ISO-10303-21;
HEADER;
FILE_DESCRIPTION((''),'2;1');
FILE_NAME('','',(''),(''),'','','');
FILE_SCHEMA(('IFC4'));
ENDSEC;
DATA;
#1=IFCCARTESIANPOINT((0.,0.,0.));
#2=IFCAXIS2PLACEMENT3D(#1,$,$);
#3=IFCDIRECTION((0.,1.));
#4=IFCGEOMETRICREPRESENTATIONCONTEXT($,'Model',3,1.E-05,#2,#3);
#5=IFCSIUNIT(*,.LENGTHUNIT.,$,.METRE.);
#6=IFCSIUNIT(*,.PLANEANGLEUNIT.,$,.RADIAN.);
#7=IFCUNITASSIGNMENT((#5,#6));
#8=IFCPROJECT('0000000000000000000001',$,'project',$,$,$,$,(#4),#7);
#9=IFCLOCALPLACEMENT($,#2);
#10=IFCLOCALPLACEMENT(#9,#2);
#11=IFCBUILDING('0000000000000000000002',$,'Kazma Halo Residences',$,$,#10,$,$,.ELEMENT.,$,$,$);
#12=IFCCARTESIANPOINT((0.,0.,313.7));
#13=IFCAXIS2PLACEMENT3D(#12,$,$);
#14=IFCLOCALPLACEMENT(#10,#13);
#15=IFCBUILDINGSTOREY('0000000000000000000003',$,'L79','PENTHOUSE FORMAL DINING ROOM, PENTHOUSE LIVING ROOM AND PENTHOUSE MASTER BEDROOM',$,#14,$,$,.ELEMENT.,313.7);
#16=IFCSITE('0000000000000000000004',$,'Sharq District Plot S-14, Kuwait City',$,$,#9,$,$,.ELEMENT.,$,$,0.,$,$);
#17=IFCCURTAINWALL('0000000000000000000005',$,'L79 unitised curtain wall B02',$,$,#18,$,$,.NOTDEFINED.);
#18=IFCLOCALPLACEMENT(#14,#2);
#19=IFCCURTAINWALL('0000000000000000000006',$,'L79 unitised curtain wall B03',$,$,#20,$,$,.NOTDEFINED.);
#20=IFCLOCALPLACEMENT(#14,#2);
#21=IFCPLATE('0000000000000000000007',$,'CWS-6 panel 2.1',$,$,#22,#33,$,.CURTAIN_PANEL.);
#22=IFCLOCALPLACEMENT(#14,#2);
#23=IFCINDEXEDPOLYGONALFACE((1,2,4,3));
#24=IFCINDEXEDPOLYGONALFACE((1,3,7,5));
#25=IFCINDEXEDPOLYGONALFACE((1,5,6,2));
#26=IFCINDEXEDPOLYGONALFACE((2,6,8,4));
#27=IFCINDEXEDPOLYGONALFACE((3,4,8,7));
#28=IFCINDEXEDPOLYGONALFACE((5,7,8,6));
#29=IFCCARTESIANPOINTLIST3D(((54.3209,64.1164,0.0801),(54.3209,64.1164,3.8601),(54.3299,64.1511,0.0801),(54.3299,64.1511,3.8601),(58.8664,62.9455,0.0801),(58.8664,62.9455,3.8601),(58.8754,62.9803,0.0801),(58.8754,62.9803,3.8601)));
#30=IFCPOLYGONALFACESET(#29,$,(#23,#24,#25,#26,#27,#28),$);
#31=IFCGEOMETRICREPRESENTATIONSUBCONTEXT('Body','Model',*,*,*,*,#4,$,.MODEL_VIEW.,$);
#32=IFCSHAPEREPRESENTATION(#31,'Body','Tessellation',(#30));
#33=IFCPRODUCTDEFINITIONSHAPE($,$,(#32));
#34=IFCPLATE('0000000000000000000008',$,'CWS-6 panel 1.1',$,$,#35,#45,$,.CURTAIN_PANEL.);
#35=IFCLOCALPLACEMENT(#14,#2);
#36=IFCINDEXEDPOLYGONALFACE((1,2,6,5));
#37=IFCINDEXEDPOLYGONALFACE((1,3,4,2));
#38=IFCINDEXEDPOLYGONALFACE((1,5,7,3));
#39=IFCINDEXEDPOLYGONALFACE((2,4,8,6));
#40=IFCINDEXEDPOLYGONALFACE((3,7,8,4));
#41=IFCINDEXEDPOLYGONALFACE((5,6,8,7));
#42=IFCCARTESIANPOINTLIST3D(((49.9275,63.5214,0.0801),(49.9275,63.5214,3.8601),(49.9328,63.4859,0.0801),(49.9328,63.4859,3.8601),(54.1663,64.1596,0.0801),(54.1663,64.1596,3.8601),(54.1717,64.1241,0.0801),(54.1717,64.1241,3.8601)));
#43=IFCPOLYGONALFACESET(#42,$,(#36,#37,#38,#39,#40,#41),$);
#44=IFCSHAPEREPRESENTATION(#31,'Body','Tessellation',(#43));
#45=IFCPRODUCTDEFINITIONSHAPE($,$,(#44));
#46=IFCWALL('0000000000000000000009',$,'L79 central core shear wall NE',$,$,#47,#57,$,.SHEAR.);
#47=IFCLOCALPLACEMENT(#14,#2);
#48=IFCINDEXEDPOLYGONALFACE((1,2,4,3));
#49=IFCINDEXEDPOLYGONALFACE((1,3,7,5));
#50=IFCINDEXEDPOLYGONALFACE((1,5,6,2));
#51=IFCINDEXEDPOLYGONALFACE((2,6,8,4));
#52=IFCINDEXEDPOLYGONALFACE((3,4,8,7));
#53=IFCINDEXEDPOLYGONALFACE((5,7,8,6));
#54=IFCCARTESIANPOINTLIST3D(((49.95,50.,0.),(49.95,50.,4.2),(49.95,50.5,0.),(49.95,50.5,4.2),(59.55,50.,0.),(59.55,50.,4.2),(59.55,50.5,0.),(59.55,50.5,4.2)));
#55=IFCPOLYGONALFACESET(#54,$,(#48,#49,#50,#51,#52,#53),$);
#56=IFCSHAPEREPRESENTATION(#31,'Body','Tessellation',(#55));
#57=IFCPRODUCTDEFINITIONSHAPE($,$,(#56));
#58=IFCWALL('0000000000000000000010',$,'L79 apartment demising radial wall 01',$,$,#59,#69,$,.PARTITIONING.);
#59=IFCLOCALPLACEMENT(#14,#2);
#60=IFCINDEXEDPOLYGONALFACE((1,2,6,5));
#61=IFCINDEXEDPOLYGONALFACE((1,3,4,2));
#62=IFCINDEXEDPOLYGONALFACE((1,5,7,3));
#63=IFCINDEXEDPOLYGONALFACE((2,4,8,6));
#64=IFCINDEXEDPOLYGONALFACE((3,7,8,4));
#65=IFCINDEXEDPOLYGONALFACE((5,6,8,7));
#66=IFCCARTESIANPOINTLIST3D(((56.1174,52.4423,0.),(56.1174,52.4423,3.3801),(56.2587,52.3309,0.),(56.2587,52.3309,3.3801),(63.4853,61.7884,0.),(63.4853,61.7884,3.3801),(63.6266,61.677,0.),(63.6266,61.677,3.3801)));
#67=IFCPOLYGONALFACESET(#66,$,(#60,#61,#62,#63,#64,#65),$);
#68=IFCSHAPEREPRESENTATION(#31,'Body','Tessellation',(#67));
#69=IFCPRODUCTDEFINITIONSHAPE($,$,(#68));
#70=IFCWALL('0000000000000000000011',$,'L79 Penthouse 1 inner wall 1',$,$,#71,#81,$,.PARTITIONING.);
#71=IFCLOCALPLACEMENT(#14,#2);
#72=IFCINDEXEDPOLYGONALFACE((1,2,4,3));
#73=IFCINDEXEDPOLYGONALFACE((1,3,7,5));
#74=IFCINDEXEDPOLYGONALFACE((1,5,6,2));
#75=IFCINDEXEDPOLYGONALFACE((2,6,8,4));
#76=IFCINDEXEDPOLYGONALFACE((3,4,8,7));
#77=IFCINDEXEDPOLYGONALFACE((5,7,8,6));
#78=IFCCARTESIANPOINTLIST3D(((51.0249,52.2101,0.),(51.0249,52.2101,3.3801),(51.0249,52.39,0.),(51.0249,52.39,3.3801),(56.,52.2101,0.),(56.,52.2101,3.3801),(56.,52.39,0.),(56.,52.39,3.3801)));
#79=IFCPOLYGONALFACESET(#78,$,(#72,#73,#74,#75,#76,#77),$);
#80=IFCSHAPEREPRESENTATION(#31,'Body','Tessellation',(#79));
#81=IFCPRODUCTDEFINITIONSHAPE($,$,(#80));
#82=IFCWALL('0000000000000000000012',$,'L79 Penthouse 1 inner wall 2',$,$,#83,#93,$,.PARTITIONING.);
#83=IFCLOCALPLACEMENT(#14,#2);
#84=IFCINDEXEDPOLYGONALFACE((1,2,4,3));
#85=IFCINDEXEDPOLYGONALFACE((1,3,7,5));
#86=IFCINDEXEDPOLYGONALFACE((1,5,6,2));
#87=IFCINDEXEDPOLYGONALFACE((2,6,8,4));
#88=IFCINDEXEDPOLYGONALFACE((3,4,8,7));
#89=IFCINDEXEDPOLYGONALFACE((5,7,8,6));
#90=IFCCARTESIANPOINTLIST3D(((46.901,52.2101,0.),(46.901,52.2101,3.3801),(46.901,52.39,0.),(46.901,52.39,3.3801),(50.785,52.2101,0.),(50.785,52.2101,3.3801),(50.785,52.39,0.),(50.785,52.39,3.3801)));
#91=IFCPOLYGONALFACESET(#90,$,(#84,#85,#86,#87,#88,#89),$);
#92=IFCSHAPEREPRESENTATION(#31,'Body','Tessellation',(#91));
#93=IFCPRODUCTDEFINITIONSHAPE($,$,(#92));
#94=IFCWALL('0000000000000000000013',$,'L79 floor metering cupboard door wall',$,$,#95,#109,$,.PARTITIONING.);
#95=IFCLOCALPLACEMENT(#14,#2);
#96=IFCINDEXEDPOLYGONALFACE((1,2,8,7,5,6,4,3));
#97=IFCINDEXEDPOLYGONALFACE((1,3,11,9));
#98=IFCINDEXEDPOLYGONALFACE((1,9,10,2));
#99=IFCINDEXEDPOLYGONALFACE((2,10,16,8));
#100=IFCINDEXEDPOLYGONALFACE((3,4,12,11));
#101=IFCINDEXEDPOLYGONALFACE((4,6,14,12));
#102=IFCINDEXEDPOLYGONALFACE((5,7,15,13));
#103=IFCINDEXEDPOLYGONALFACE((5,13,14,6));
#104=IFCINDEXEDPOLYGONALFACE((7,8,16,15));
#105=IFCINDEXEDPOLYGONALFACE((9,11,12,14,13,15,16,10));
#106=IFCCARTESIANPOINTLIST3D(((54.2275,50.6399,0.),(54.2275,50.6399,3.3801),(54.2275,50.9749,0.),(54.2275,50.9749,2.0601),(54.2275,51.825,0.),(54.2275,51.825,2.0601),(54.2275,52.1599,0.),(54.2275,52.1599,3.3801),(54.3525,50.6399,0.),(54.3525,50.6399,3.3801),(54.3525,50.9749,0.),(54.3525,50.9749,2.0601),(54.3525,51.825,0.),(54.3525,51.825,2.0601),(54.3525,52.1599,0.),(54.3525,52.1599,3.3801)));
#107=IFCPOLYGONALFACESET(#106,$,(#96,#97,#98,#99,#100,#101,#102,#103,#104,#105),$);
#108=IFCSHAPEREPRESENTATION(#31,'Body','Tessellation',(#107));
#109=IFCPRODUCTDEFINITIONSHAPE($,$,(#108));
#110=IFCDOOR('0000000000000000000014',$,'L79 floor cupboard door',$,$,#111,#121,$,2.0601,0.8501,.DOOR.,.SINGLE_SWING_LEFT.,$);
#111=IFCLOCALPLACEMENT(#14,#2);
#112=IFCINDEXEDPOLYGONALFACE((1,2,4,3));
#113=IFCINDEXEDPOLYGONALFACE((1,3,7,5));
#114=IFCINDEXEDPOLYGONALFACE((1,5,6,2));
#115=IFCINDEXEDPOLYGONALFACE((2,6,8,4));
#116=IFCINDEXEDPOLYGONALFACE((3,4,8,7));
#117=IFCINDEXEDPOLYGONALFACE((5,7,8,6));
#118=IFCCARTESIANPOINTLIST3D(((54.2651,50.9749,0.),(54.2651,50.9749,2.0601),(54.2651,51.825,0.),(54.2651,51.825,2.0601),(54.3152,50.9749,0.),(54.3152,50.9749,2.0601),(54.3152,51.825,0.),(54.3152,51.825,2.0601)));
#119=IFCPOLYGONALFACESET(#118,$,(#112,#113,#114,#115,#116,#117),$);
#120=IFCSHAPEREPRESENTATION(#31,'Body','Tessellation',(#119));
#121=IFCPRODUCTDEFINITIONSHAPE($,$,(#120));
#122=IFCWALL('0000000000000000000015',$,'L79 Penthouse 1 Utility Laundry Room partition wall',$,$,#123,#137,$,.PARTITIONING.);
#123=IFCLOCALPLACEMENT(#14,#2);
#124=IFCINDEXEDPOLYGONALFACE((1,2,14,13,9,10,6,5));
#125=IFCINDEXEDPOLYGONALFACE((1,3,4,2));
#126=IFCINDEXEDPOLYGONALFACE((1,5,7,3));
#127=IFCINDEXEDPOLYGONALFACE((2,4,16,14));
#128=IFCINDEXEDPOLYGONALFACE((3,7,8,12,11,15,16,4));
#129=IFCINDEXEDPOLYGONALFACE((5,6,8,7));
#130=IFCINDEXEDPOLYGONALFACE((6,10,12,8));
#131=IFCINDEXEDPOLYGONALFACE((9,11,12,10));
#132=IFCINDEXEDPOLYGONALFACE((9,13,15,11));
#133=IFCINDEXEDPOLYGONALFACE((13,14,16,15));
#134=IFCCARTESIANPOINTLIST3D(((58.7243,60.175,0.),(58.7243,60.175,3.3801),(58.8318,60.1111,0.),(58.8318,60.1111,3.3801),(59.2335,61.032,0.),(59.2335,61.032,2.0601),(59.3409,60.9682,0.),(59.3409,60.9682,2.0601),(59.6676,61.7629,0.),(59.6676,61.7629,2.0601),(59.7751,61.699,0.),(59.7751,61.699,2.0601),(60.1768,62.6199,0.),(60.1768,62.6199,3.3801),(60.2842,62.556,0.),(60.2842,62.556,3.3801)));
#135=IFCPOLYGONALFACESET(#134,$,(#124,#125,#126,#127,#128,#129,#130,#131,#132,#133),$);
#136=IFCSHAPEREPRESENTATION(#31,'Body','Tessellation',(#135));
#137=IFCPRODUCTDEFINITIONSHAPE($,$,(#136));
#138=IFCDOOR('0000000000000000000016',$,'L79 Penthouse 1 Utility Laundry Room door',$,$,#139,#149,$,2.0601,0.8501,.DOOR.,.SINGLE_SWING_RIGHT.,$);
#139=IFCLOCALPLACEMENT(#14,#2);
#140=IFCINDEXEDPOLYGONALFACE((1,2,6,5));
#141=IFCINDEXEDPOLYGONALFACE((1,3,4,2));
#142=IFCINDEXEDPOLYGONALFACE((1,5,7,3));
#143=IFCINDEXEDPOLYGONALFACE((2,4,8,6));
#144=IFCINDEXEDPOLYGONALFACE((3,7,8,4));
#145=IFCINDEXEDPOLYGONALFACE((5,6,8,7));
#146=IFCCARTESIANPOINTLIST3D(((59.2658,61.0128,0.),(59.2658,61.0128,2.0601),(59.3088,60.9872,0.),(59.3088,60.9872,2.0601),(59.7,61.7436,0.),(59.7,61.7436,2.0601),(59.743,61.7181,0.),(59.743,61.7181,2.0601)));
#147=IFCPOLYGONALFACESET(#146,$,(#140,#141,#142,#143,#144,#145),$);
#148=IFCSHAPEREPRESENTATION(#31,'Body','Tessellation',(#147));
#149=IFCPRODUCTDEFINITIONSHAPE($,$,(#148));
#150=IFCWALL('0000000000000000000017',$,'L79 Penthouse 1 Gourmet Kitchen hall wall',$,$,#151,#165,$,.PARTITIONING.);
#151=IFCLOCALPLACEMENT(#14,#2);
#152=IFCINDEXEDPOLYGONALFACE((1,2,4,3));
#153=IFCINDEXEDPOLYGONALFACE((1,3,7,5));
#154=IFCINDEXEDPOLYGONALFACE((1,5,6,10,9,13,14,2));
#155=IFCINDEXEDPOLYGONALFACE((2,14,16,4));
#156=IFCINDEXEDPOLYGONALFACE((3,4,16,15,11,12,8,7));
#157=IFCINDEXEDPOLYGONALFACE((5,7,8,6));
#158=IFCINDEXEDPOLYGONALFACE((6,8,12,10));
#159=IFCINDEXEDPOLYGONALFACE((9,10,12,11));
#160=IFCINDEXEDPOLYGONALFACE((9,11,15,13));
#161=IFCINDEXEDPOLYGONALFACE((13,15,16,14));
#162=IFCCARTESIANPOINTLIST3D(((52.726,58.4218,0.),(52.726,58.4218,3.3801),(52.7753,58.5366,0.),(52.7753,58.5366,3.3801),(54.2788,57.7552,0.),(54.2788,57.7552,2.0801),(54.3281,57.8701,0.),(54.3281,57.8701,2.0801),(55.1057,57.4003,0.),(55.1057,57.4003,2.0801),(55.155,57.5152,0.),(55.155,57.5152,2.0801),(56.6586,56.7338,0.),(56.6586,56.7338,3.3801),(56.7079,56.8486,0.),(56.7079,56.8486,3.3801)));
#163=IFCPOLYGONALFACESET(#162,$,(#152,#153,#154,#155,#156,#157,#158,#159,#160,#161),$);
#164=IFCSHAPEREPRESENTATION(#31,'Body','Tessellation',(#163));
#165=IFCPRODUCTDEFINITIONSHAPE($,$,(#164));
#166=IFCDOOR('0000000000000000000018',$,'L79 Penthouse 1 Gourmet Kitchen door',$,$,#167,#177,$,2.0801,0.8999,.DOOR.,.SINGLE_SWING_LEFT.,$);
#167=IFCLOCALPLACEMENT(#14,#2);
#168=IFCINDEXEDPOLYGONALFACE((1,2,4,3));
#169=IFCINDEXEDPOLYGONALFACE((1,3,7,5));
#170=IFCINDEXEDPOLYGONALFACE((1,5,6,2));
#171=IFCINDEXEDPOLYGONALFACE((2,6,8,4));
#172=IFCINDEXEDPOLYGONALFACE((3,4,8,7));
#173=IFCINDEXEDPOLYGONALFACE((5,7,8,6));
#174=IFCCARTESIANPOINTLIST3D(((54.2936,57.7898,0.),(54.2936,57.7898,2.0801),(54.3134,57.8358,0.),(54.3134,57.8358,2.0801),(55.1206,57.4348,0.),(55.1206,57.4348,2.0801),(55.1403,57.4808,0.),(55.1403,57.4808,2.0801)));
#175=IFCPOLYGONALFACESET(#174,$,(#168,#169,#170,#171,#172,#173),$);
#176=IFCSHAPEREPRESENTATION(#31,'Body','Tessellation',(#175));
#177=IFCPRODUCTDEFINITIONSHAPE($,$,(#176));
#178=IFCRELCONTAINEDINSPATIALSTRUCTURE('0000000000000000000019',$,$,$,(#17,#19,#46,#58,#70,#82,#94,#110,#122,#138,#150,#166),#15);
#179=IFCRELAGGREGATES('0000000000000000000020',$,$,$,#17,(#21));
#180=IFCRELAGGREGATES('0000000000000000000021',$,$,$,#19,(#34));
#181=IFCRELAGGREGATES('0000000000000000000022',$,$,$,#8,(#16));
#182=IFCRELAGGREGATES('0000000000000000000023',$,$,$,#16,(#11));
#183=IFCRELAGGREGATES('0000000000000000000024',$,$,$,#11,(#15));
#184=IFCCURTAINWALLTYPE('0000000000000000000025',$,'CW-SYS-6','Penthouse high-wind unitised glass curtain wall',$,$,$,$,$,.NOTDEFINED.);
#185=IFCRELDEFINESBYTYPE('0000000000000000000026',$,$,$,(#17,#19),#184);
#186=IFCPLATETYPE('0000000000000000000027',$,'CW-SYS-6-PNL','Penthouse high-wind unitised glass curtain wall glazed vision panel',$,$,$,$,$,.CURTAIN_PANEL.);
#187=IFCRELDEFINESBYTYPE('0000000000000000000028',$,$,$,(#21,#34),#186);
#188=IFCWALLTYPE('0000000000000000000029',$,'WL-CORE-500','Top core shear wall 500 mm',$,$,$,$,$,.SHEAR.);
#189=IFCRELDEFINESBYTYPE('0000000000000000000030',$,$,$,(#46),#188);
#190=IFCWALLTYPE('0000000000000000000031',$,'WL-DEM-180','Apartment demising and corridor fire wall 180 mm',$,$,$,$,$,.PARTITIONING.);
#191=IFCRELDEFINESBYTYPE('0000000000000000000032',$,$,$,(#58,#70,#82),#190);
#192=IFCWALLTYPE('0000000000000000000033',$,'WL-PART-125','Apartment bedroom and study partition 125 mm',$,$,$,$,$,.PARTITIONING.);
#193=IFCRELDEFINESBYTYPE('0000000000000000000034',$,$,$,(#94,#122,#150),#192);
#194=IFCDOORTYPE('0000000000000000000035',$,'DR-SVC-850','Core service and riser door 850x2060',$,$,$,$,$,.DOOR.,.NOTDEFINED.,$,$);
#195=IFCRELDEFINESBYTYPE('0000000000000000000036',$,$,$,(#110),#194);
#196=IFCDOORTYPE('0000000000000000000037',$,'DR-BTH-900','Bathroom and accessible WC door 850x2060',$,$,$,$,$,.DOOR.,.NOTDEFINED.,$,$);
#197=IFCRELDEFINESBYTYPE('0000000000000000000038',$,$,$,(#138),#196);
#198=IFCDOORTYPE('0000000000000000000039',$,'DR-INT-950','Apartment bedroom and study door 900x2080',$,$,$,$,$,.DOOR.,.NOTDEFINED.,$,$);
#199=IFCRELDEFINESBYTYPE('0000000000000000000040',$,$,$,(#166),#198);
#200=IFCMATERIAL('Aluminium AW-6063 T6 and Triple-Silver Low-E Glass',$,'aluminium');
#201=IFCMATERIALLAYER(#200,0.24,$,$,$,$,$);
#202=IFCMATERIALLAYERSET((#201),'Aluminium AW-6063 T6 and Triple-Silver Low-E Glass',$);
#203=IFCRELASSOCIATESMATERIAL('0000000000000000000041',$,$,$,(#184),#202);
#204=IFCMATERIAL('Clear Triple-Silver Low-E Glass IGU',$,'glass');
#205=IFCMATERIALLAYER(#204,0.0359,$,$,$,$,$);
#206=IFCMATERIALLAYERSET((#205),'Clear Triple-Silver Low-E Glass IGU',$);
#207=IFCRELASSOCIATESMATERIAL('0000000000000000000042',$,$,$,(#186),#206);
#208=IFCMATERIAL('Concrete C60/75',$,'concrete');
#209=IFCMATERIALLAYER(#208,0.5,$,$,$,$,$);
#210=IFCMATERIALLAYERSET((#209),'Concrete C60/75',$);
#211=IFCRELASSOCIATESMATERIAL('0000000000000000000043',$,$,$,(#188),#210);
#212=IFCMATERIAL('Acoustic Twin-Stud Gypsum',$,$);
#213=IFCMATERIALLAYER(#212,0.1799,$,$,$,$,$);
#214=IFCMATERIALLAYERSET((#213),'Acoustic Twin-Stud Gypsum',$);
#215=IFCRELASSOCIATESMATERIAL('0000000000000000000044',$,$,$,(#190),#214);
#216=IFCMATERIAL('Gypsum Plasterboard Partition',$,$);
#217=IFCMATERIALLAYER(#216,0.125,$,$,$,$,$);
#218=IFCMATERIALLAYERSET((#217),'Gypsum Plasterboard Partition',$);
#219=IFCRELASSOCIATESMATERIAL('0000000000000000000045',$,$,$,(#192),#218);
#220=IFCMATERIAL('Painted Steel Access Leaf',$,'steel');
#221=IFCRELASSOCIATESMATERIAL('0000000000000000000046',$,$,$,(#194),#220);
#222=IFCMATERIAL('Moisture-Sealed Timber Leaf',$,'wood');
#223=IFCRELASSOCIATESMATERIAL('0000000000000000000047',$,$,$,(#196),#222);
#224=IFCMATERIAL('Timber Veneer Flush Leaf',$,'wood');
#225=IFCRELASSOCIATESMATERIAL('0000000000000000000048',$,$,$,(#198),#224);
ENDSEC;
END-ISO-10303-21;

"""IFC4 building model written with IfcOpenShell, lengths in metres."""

from ifc_helpers import new_model, si_unit, direction, frame, frame_2d, origin, origin_2d, place, context, subcontext, project, spatial, rectangle, extrude, material, layer, layer_set, type_object, element, fill, aggregate, save


model = new_model("IFC4")

# Units and contexts
model_context = context("Model", 3, precision=1e-05, world=origin(), true_north=direction((0.0, 1.0)))
body_context = subcontext(model_context, "Body", "Model", "MODEL_VIEW")
ifc_project = project(units=[si_unit("LENGTHUNIT", "METRE"), si_unit("PLANEANGLEUNIT", "RADIAN")], contexts=[model_context])

# Site, building, storey
site_placement = place(None, origin())
site = spatial("IfcSite", under=ifc_project, at=site_placement, Name="Sharq District Plot S-14, Kuwait City", CompositionType="ELEMENT", RefElevation=0.0)
building_placement = place(site_placement, origin())
building = spatial("IfcBuilding", under=site, at=building_placement, Name="Kazma Halo Residences", CompositionType="ELEMENT")
storey_placement = place(building_placement, frame((0.0, 0.0, 313.7)))
storey = spatial("IfcBuildingStorey", under=building, at=storey_placement, Name="L79", Description="PENTHOUSE FORMAL DINING ROOM, PENTHOUSE LIVING ROOM AND PENTHOUSE MASTER BEDROOM", CompositionType="ELEMENT", Elevation=313.7)

# Shared definitions
ifc_material_1 = material(Name="Concrete C60/75", Category="concrete")

# Curtain wall
ifc_material_2 = material(Name="Aluminium AW-6063 T6 and Triple-Silver Low-E Glass", Category="aluminium")
ifc_layer_1 = layer(ifc_material_2, 0.24)
ifc_layer_set_1 = layer_set([ifc_layer_1], Name="Aluminium AW-6063 T6 and Triple-Silver Low-E Glass")
curtain_wall_type = type_object("IfcCurtainWallType", Name="CW-SYS-6", Description="Penthouse high-wind unitised glass curtain wall", PredefinedType="NOTDEFINED", material=ifc_layer_set_1)
curtain_wall_1_placement = place(storey_placement, origin())
curtain_wall_1 = element("IfcCurtainWall", 1, at=curtain_wall_1_placement, inside=storey, type_object=curtain_wall_type, Name="L79 unitised curtain wall B02", PredefinedType="NOTDEFINED")

# Curtain wall
curtain_wall_2_placement = place(storey_placement, origin())
curtain_wall_2 = element("IfcCurtainWall", 2, at=curtain_wall_2_placement, inside=storey, type_object=curtain_wall_type, Name="L79 unitised curtain wall B03", PredefinedType="NOTDEFINED")

# Plates
ifc_material_3 = material(Name="Clear Triple-Silver Low-E Glass IGU", Category="glass")
ifc_layer_2 = layer(ifc_material_3, 0.0359)
ifc_layer_set_2 = layer_set([ifc_layer_2], Name="Clear Triple-Silver Low-E Glass IGU")
plate_type = type_object("IfcPlateType", Name="CW-SYS-6-PNL", Description="Penthouse high-wind unitised glass curtain wall glazed vision panel", PredefinedType="CURTAIN_PANEL", material=ifc_layer_set_2)
plate_1_placement = place(storey_placement, frame((56.5981, 63.5483, 0.0801), z_axis=(0.0, 0.0, 1.0), x_axis=(-0.968389, 0.249446, 0.0)))
plate_1 = element("IfcPlate", 3, at=plate_1_placement, type_object=plate_type, Name="CWS-6 panel 2.1", PredefinedType="CURTAIN_PANEL", context=body_context, shape_type="SweptSolid", body=[
    extrude(rectangle(XDim=4.6938, YDim=0.0359, at=origin_2d()), origin(), (0.0, 0.0, 1.0), 3.78),
])
aggregate(curtain_wall_1, [plate_1])
plate_2_placement = place(storey_placement, frame((52.0496, 63.8228, 0.0801), z_axis=(0.0, 0.0, 1.0), x_axis=(-0.988857, -0.148871, 0.0)))
plate_2 = element("IfcPlate", 4, at=plate_2_placement, type_object=plate_type, Name="CWS-6 panel 1.1", PredefinedType="CURTAIN_PANEL", context=body_context, shape_type="SweptSolid", body=[
    extrude(rectangle(XDim=4.2866, YDim=0.0359, at=origin_2d()), origin(), (0.0, 0.0, 1.0), 3.78),
])
aggregate(curtain_wall_2, [plate_2])

# Walls
ifc_layer_3 = layer(ifc_material_1, 0.5)
ifc_layer_set_3 = layer_set([ifc_layer_3], Name="Concrete C60/75")
wall_type_1 = type_object("IfcWallType", Name="WL-CORE-500", Description="Top core shear wall 500 mm", PredefinedType="SHEAR", material=ifc_layer_set_3)
wall_1_placement = place(storey_placement, frame((49.95, 50.25, 0.0), z_axis=(0.0, 0.0, 1.0), x_axis=(1.0, 0.0, 0.0)))
element("IfcWall", 5, at=wall_1_placement, inside=storey, type_object=wall_type_1, Name="L79 central core shear wall NE", PredefinedType="SHEAR", context=body_context, shape_type="SweptSolid", body=[
    extrude(rectangle(XDim=9.6001, YDim=0.5, at=frame_2d((4.8, 0.0))), origin(), (0.0, 0.0, 1.0), 4.2),
])
ifc_material_4 = material(Name="Acoustic Twin-Stud Gypsum")
ifc_layer_4 = layer(ifc_material_4, 0.1799)
ifc_layer_set_4 = layer_set([ifc_layer_4], Name="Acoustic Twin-Stud Gypsum")
wall_type_2 = type_object("IfcWallType", Name="WL-DEM-180", Description="Apartment demising and corridor fire wall 180 mm", PredefinedType="PARTITIONING", material=ifc_layer_set_4)
wall_2_placement = place(storey_placement, frame((56.188, 52.3865, 0.0), z_axis=(0.0, 0.0, 1.0), x_axis=(0.619093, 0.785318, 0.0)))
element("IfcWall", 6, at=wall_2_placement, inside=storey, type_object=wall_type_2, Name="L79 apartment demising radial wall 01", PredefinedType="PARTITIONING", context=body_context, shape_type="SweptSolid", body=[
    extrude(rectangle(XDim=11.9011, YDim=0.1799, at=frame_2d((5.9507, 0.0))), origin(), (0.0, 0.0, 1.0), 3.3801),
])
wall_3_placement = place(storey_placement, frame((56.0, 52.3, 0.0), z_axis=(0.0, 0.0, 1.0), x_axis=(-1.0, 0.0, 0.0)))
element("IfcWall", 7, at=wall_3_placement, inside=storey, type_object=wall_type_2, Name="L79 Penthouse 1 inner wall 1", PredefinedType="PARTITIONING", context=body_context, shape_type="SweptSolid", body=[
    extrude(rectangle(XDim=4.9751, YDim=0.1799, at=frame_2d((2.4875, 0.0))), origin(), (0.0, 0.0, 1.0), 3.3801),
])
wall_4_placement = place(storey_placement, frame((50.7849, 52.3, 0.0), z_axis=(0.0, 0.0, 1.0), x_axis=(-1.0, 0.0, 0.0)))
element("IfcWall", 8, at=wall_4_placement, inside=storey, type_object=wall_type_2, Name="L79 Penthouse 1 inner wall 2", PredefinedType="PARTITIONING", context=body_context, shape_type="SweptSolid", body=[
    extrude(rectangle(XDim=3.884, YDim=0.1799, at=frame_2d((1.9419, 0.0))), origin(), (0.0, 0.0, 1.0), 3.3801),
])

# Walls, openings, doors
ifc_material_5 = material(Name="Gypsum Plasterboard Partition")
ifc_layer_5 = layer(ifc_material_5, 0.125)
ifc_layer_set_5 = layer_set([ifc_layer_5], Name="Gypsum Plasterboard Partition")
wall_type_3 = type_object("IfcWallType", Name="WL-PART-125", Description="Apartment bedroom and study partition 125 mm", PredefinedType="PARTITIONING", material=ifc_layer_set_5)
wall_5_placement = place(storey_placement, frame((54.29, 50.6399, 0.0), z_axis=(0.0, 0.0, 1.0), x_axis=(0.0, 1.0, 0.0)))
wall_5 = element("IfcWall", 9, at=wall_5_placement, inside=storey, type_object=wall_type_3, Name="L79 floor metering cupboard door wall", PredefinedType="PARTITIONING", context=body_context, shape_type="SweptSolid", body=[
    extrude(rectangle(XDim=1.52, YDim=0.125, at=frame_2d((0.76, 0.0))), origin(), (0.0, 0.0, 1.0), 3.3801),
])
opening_1_placement = place(wall_5_placement, frame((0.335, 0.0, 0.0)))
opening_1 = element("IfcOpeningElement", 10, at=opening_1_placement, cuts=wall_5, PredefinedType="OPENING", context=body_context, shape_type="SweptSolid", body=[
    extrude(rectangle(XDim=0.8501, YDim=2.0601, at=frame_2d((0.425, 1.03))), frame((0.0, 0.0725, 0.0), z_axis=(0.0, -1.0, 0.0), x_axis=(1.0, 0.0, 0.0)), (0.0, 0.0, 1.0), 0.145),
])
ifc_material_6 = material(Name="Painted Steel Access Leaf", Category="steel")
door_type_1 = type_object("IfcDoorType", Name="DR-SVC-850", Description="Core service and riser door 850x2060", OperationType="NOTDEFINED", PredefinedType="DOOR", material=ifc_material_6)
door_1_placement = place(opening_1_placement, origin())
door_1 = element("IfcDoor", 11, at=door_1_placement, inside=storey, type_object=door_type_1, Name="L79 floor cupboard door", OperationType="SINGLE_SWING_LEFT", OverallHeight=2.0601, OverallWidth=0.8501, PredefinedType="DOOR", context=body_context, shape_type="SweptSolid", body=[
    extrude(rectangle(XDim=0.8501, YDim=2.0601, at=frame_2d((0.425, 1.03))), frame((0.0, 0.0249, 0.0), z_axis=(0.0, -1.0, 0.0), x_axis=(1.0, 0.0, 0.0)), (0.0, 0.0, 1.0), 0.05),
])
fill(opening_1, door_1)
wall_6_placement = place(storey_placement, frame((58.7781, 60.1431, 0.0), z_axis=(0.0, 0.0, 1.0), x_axis=(0.510741, 0.859735, 0.0)))
wall_6 = element("IfcWall", 12, at=wall_6_placement, inside=storey, type_object=wall_type_3, Name="L79 Penthouse 1 Utility Laundry Room partition wall", PredefinedType="PARTITIONING", context=body_context, shape_type="SweptSolid", body=[
    extrude(rectangle(XDim=2.8438, YDim=0.125, at=frame_2d((1.4219, 0.0))), origin(), (0.0, 0.0, 1.0), 3.3801),
])
opening_2_placement = place(wall_6_placement, frame((0.9968, 0.0, 0.0)))
opening_2 = element("IfcOpeningElement", 13, at=opening_2_placement, cuts=wall_6, PredefinedType="OPENING", context=body_context, shape_type="SweptSolid", body=[
    extrude(rectangle(XDim=0.8501, YDim=2.0601, at=frame_2d((0.425, 1.03))), frame((0.0, 0.0725, 0.0), z_axis=(0.0, -1.0, 0.0), x_axis=(1.0, 0.0, 0.0)), (0.0, 0.0, 1.0), 0.145),
])
ifc_material_7 = material(Name="Moisture-Sealed Timber Leaf", Category="wood")
door_type_2 = type_object("IfcDoorType", Name="DR-BTH-900", Description="Bathroom and accessible WC door 850x2060", OperationType="NOTDEFINED", PredefinedType="DOOR", material=ifc_material_7)
door_2_placement = place(opening_2_placement, origin())
door_2 = element("IfcDoor", 14, at=door_2_placement, inside=storey, type_object=door_type_2, Name="L79 Penthouse 1 Utility Laundry Room door", OperationType="SINGLE_SWING_RIGHT", OverallHeight=2.0601, OverallWidth=0.8501, PredefinedType="DOOR", context=body_context, shape_type="SweptSolid", body=[
    extrude(rectangle(XDim=0.8501, YDim=2.0601, at=frame_2d((0.425, 1.03))), frame((0.0, 0.0249, 0.0), z_axis=(0.0, -1.0, 0.0), x_axis=(1.0, 0.0, 0.0)), (0.0, 0.0, 1.0), 0.05),
])
fill(opening_2, door_2)
wall_7_placement = place(storey_placement, frame((56.6831, 56.7913, 0.0), z_axis=(0.0, 0.0, 1.0), x_axis=(-0.918927, 0.394429, 0.0)))
wall_7 = element("IfcWall", 15, at=wall_7_placement, inside=storey, type_object=wall_type_3, Name="L79 Penthouse 1 Gourmet Kitchen hall wall", PredefinedType="PARTITIONING", context=body_context, shape_type="SweptSolid", body=[
    extrude(rectangle(XDim=4.2795, YDim=0.125, at=frame_2d((2.1396, 0.0))), origin(), (0.0, 0.0, 1.0), 3.3801),
])
opening_3_placement = place(wall_7_placement, frame((1.6897, 0.0, 0.0)))
opening_3 = element("IfcOpeningElement", 16, at=opening_3_placement, cuts=wall_7, PredefinedType="OPENING", context=body_context, shape_type="SweptSolid", body=[
    extrude(rectangle(XDim=0.8999, YDim=2.0801, at=frame_2d((0.45, 1.04))), frame((0.0, 0.0725, 0.0), z_axis=(0.0, -1.0, 0.0), x_axis=(1.0, 0.0, 0.0)), (0.0, 0.0, 1.0), 0.145),
])
ifc_material_8 = material(Name="Timber Veneer Flush Leaf", Category="wood")
door_type_3 = type_object("IfcDoorType", Name="DR-INT-950", Description="Apartment bedroom and study door 900x2080", OperationType="NOTDEFINED", PredefinedType="DOOR", material=ifc_material_8)
door_3_placement = place(opening_3_placement, origin())
door_3 = element("IfcDoor", 17, at=door_3_placement, inside=storey, type_object=door_type_3, Name="L79 Penthouse 1 Gourmet Kitchen door", OperationType="SINGLE_SWING_LEFT", OverallHeight=2.0801, OverallWidth=0.8999, PredefinedType="DOOR", context=body_context, shape_type="SweptSolid", body=[
    extrude(rectangle(XDim=0.8999, YDim=2.0801, at=frame_2d((0.45, 1.04))), frame((0.0, 0.0249, 0.0), z_axis=(0.0, -1.0, 0.0), x_axis=(1.0, 0.0, 0.0)), (0.0, 0.0, 1.0), 0.05),
])
fill(opening_3, door_3)

save(model, "model.ifc")
